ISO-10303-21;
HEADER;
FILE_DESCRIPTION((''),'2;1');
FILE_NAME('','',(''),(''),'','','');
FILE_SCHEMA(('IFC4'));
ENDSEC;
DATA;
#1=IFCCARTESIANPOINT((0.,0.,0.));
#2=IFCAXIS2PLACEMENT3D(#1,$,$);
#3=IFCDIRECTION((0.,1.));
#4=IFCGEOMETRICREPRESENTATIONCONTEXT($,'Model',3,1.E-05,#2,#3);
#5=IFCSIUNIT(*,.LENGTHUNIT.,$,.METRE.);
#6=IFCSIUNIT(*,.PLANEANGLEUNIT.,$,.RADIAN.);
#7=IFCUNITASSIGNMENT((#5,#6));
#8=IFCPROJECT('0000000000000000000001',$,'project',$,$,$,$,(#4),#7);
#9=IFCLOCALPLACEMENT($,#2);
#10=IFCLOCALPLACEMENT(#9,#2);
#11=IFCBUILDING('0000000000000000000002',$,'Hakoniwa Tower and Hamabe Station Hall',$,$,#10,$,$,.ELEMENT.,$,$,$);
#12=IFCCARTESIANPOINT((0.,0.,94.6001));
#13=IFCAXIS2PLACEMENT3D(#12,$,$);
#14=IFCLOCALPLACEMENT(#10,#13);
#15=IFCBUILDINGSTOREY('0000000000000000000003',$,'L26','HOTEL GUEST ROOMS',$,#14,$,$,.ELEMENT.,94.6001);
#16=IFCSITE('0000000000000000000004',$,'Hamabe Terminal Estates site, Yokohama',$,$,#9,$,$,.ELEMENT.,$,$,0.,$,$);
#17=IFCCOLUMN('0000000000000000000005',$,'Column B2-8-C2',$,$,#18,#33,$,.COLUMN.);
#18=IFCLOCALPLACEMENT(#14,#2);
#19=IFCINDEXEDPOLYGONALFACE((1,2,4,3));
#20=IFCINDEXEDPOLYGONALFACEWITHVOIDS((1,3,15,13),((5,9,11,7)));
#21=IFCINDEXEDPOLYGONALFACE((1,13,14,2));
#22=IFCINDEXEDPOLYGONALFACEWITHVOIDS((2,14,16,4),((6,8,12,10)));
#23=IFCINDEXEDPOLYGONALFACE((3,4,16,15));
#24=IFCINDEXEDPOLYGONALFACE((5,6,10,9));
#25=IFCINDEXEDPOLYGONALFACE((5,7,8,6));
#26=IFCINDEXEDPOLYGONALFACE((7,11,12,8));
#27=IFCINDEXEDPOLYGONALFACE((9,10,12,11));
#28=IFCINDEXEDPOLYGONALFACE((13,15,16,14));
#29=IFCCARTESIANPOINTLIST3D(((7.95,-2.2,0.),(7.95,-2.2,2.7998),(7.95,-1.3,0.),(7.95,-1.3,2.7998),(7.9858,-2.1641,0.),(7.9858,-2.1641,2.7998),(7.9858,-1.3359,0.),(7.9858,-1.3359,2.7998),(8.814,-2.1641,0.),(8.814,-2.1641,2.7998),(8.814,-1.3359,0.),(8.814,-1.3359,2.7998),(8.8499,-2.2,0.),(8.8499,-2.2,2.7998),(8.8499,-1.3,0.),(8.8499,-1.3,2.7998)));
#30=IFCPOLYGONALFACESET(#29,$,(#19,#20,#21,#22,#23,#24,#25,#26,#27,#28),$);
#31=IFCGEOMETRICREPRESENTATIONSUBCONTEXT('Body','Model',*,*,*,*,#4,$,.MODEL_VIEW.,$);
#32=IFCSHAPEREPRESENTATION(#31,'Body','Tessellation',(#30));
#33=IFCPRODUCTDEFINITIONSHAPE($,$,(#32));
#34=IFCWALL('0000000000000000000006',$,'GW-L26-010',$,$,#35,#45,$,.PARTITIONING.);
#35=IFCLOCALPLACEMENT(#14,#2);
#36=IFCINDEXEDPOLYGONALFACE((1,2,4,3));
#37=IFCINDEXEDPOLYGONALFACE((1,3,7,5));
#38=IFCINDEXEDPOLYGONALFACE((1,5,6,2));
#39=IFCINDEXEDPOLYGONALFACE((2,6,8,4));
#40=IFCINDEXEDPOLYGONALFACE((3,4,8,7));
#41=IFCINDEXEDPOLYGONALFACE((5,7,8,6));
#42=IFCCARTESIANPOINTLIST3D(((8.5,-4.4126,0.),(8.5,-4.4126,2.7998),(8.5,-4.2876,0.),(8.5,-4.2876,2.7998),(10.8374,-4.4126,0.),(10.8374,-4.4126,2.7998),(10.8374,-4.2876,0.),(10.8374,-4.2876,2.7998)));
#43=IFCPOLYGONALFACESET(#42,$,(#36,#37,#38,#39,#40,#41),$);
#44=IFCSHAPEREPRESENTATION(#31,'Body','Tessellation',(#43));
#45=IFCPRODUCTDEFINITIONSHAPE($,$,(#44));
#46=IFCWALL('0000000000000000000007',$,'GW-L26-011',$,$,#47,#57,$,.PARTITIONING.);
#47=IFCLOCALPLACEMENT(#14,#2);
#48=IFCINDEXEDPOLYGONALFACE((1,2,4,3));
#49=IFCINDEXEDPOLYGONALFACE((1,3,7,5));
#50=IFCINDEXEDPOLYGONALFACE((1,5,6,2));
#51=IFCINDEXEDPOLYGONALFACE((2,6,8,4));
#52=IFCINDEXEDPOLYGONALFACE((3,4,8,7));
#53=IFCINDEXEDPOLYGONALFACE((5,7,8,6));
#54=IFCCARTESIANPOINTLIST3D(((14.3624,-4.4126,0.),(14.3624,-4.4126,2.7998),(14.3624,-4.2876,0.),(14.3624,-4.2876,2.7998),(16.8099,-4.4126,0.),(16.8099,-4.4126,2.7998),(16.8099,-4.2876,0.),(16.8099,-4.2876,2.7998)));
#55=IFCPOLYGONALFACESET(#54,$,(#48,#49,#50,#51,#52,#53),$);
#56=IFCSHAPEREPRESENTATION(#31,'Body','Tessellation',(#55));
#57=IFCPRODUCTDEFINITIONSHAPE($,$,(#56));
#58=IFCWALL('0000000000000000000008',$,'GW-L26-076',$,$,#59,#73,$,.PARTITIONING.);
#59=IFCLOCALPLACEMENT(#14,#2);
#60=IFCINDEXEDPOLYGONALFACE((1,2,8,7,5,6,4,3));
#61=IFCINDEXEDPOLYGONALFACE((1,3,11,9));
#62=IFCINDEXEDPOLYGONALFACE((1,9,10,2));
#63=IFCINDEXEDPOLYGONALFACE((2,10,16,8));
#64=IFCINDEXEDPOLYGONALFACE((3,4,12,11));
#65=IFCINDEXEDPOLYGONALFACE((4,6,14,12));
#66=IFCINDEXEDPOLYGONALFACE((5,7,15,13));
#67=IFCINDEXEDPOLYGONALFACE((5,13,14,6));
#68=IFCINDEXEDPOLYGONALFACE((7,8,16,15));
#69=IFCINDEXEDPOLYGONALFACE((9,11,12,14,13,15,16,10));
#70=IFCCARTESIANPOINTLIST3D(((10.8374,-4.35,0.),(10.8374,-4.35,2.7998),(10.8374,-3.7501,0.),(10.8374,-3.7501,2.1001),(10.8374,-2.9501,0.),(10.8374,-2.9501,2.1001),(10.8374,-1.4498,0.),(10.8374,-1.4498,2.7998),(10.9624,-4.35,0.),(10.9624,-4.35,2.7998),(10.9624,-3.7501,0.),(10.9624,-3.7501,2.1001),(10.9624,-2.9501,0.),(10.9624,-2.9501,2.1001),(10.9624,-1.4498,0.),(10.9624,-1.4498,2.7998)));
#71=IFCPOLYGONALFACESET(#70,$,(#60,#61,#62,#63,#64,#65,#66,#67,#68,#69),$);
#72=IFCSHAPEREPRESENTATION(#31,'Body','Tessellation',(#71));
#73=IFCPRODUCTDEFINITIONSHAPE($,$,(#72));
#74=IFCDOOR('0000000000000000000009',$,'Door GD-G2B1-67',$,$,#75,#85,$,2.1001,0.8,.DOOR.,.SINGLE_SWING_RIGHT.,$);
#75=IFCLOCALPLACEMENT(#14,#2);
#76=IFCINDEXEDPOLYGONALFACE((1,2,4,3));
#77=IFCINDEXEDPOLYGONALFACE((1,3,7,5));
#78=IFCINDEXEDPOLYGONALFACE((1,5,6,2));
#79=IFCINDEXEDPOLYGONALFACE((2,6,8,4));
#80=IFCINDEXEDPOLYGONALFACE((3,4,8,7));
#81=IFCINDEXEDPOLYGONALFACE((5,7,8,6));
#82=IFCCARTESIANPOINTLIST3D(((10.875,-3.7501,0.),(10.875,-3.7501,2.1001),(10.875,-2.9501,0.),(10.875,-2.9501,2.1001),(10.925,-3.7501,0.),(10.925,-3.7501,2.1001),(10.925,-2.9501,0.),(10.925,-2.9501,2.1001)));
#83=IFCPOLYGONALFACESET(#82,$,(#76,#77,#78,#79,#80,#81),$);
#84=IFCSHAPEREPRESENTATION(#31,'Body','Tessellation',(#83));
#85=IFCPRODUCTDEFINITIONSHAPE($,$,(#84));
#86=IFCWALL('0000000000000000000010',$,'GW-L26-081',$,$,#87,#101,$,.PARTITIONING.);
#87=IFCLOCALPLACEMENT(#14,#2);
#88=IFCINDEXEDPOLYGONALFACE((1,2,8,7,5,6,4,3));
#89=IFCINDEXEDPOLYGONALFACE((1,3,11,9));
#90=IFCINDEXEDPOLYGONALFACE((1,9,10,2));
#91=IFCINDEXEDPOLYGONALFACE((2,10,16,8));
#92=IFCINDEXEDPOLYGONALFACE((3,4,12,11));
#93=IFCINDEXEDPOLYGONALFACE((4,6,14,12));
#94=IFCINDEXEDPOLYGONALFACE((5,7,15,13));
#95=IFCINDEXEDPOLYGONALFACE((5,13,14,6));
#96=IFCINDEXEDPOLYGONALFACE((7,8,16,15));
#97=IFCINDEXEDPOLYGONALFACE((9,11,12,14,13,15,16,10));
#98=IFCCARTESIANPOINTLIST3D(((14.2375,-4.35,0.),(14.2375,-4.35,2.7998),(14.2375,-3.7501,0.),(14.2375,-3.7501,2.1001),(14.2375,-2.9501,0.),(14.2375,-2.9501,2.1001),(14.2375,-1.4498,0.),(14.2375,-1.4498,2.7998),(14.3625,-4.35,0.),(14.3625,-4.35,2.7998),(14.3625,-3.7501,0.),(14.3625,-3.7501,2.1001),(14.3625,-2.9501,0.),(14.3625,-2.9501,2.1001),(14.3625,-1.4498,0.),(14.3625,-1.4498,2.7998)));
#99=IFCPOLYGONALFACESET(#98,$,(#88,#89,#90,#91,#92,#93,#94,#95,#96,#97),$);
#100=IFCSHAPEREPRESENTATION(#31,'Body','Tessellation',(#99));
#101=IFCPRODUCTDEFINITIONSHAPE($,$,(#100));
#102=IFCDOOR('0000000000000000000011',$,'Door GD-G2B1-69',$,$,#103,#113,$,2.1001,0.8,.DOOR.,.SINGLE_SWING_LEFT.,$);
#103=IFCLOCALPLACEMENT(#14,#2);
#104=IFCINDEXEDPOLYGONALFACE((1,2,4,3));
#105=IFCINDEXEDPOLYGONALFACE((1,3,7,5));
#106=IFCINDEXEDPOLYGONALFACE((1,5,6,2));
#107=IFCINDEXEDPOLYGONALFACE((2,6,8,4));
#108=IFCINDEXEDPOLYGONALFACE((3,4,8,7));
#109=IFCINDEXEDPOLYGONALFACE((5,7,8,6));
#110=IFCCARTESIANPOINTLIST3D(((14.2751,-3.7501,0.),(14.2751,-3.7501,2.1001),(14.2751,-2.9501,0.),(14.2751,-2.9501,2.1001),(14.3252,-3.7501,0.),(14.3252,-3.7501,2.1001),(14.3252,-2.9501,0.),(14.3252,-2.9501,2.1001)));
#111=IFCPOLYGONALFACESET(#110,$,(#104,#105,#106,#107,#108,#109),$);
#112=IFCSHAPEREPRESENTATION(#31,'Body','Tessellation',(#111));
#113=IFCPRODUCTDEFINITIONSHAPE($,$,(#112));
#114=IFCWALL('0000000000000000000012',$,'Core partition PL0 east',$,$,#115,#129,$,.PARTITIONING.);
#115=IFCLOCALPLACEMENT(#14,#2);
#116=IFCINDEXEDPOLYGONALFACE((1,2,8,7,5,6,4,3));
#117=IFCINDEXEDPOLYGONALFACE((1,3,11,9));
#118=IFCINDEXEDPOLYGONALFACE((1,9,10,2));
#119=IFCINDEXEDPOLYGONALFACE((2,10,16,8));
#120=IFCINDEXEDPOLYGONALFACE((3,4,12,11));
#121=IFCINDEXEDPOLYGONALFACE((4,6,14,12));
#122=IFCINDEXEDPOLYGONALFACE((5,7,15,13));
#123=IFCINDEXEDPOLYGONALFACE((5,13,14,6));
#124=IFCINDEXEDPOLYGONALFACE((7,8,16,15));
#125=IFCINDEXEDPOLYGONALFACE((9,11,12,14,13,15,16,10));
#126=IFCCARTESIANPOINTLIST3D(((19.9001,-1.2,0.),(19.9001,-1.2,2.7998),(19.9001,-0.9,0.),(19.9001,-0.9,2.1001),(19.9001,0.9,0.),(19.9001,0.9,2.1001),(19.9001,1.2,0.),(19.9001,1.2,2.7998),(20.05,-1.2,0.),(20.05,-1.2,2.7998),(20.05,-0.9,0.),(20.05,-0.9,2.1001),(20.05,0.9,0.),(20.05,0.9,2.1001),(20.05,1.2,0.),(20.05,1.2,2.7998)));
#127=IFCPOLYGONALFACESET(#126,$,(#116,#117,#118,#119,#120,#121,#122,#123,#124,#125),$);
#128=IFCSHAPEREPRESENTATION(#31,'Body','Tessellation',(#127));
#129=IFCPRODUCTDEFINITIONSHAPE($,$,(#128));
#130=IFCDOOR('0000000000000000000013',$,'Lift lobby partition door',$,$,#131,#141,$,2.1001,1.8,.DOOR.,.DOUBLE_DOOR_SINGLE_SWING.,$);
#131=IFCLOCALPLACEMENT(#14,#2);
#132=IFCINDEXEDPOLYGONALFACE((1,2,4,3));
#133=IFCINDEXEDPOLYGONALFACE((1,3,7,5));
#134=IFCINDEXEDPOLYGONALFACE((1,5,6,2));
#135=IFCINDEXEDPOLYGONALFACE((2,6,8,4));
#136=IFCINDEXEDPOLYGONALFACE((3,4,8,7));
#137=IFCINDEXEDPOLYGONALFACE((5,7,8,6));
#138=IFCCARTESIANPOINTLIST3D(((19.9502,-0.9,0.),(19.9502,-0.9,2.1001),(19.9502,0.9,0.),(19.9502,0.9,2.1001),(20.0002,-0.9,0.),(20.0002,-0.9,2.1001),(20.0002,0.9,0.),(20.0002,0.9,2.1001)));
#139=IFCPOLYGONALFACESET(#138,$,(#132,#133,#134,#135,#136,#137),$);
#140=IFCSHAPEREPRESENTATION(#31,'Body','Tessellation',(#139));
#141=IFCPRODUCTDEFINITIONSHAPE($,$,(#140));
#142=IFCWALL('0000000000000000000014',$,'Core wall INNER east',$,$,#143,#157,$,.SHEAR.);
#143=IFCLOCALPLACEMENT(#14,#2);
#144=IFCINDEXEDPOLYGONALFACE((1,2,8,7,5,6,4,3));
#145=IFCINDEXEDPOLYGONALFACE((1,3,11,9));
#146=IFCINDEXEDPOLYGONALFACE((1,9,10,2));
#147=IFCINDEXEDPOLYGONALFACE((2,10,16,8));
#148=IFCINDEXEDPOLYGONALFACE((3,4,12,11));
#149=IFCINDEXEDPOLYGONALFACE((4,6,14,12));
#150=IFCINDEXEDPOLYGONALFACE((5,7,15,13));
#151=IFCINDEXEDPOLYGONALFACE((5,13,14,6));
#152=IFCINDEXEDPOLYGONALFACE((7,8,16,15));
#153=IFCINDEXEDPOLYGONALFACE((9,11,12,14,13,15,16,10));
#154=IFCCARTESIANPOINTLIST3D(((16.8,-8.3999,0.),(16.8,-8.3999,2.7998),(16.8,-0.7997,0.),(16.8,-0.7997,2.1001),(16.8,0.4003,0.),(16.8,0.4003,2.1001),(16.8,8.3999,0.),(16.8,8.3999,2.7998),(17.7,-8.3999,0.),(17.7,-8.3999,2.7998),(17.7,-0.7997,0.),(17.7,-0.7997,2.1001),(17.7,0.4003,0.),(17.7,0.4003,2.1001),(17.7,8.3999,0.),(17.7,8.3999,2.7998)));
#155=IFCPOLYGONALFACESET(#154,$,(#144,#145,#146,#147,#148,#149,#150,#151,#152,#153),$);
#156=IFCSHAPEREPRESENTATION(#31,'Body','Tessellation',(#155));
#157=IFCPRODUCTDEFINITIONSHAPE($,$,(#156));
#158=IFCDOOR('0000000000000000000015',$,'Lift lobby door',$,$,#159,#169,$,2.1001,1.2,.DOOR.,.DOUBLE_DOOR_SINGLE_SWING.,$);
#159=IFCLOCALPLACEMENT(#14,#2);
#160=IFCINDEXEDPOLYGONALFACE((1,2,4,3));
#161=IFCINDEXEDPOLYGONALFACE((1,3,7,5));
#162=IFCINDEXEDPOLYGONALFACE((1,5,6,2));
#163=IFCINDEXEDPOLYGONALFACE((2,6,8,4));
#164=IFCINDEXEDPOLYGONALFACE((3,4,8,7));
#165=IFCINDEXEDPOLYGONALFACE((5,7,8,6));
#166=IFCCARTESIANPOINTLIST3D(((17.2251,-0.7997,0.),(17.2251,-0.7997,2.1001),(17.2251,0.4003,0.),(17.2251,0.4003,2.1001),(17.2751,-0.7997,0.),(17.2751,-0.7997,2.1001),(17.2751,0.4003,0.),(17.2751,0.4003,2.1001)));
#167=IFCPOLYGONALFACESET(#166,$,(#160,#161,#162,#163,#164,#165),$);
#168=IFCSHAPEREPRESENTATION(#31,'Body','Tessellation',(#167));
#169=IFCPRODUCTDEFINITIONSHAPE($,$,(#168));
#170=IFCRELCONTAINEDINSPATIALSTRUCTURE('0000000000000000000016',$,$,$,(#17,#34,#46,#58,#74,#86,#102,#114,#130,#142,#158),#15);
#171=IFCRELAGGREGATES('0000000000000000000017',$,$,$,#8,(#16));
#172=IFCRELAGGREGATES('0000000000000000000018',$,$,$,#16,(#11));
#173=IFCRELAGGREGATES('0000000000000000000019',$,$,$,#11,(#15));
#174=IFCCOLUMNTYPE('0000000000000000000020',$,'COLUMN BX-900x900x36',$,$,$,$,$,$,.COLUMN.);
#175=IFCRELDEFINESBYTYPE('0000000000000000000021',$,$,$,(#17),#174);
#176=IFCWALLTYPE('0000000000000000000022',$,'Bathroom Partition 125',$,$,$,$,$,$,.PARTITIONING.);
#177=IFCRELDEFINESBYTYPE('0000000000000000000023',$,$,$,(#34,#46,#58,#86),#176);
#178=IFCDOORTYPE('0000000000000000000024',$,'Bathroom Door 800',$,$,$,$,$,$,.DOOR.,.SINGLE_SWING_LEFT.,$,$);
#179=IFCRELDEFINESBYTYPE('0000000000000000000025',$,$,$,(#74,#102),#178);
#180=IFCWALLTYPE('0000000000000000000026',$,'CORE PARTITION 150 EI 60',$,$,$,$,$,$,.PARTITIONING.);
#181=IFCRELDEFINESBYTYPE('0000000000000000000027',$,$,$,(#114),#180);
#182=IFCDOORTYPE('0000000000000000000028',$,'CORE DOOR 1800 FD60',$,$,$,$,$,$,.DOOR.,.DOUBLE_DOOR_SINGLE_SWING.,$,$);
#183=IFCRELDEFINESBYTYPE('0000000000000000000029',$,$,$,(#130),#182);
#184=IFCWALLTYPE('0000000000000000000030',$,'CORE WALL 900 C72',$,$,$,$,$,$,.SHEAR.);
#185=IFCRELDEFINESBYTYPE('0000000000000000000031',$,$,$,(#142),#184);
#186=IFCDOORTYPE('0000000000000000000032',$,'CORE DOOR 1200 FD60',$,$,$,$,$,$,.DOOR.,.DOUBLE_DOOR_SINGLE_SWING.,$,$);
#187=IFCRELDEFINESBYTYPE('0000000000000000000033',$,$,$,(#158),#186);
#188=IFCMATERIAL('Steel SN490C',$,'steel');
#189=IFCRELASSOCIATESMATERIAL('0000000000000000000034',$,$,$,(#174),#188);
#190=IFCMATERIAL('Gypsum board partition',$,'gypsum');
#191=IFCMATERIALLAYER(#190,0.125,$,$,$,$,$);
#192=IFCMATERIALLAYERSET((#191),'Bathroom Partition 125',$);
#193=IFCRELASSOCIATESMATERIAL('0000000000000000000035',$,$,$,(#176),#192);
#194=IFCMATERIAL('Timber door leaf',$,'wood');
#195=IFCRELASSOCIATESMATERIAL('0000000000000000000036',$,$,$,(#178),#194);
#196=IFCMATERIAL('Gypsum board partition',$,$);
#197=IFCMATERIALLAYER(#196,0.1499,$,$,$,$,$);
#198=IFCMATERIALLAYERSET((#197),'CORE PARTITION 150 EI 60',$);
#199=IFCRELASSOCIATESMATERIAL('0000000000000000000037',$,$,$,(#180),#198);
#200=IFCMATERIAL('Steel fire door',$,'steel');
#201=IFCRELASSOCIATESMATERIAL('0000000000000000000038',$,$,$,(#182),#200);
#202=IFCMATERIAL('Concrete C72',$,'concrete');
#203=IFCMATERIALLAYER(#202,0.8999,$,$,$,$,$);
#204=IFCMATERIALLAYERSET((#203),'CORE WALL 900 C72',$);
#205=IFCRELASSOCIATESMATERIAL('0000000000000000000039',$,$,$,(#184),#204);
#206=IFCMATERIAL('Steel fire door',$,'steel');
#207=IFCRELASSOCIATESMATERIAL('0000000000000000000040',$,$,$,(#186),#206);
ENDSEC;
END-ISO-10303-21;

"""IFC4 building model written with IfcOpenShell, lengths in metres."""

from ifc_helpers import new_model, si_unit, direction, frame, frame_2d, origin, origin_2d, place, context, subcontext, project, spatial, rectangle, hollow_rectangle, extrude, material, layer, layer_set, material_profile, profile_set, type_object, element, fill, save


model = new_model("IFC4")

# Units and contexts
model_context = context("Model", 3, precision=1e-05, world=origin(), true_north=direction((0.0, 1.0)))
body_context = subcontext(model_context, "Body", "Model", "MODEL_VIEW")
ifc_project = project(units=[si_unit("LENGTHUNIT", "METRE"), si_unit("PLANEANGLEUNIT", "RADIAN")], contexts=[model_context])

# Site, building, storey
site_placement = place(None, origin())
site = spatial("IfcSite", under=ifc_project, at=site_placement, Name="Hamabe Terminal Estates site, Yokohama", CompositionType="ELEMENT", RefElevation=0.0)
building_placement = place(site_placement, origin())
building = spatial("IfcBuilding", under=site, at=building_placement, Name="Hakoniwa Tower and Hamabe Station Hall", CompositionType="ELEMENT")
storey_placement = place(building_placement, frame((0.0, 0.0, 94.6001)))
storey = spatial("IfcBuildingStorey", under=building, at=storey_placement, Name="L26", Description="HOTEL GUEST ROOMS", CompositionType="ELEMENT", Elevation=94.6001)

# Column
ifc_material_1 = material(Name="Steel SN490C", Category="steel")
ifc_material_profile = material_profile(ifc_material_1, hollow_rectangle(XDim=0.8999, YDim=0.8999, WallThickness=0.0359, at=origin_2d()), Name="BX-900x900x36")
ifc_profile_set = profile_set([ifc_material_profile], Name="Steel SN490C")
column_type = type_object("IfcColumnType", Name="COLUMN BX-900x900x36", PredefinedType="COLUMN", material=ifc_profile_set)
column_placement = place(storey_placement, frame((8.3999, -1.75, 0.0), z_axis=(0.0, 0.0, 1.0), x_axis=(1.0, 0.0, 0.0)))
element("IfcColumn", 1, at=column_placement, inside=storey, type_object=column_type, Name="Column B2-8-C2", PredefinedType="COLUMN", context=body_context, shape_type="SweptSolid", body=[
    extrude(hollow_rectangle(XDim=0.8999, YDim=0.8999, WallThickness=0.0359, at=origin_2d()), origin(), (0.0, 0.0, 1.0), 2.7998),
])

# Walls
ifc_material_2 = material(Name="Gypsum board partition", Category="gypsum")
ifc_layer_1 = layer(ifc_material_2, 0.125)
ifc_layer_set_1 = layer_set([ifc_layer_1], Name="Bathroom Partition 125")
wall_type_1 = type_object("IfcWallType", Name="Bathroom Partition 125", PredefinedType="PARTITIONING", material=ifc_layer_set_1)
wall_1_placement = place(storey_placement, frame((8.5, -4.3501, 0.0), z_axis=(0.0, 0.0, 1.0), x_axis=(1.0, 0.0, 0.0)))
element("IfcWall", 2, at=wall_1_placement, inside=storey, type_object=wall_type_1, Name="GW-L26-010", PredefinedType="PARTITIONING", context=body_context, shape_type="SweptSolid", body=[
    extrude(rectangle(XDim=2.3374, YDim=0.125, at=frame_2d((1.1687, 0.0))), origin(), (0.0, 0.0, 1.0), 2.7998),
])
wall_2_placement = place(storey_placement, frame((14.3625, -4.3501, 0.0), z_axis=(0.0, 0.0, 1.0), x_axis=(1.0, 0.0, 0.0)))
element("IfcWall", 3, at=wall_2_placement, inside=storey, type_object=wall_type_1, Name="GW-L26-011", PredefinedType="PARTITIONING", context=body_context, shape_type="SweptSolid", body=[
    extrude(rectangle(XDim=2.4475, YDim=0.125, at=frame_2d((1.2236, 0.0))), origin(), (0.0, 0.0, 1.0), 2.7998),
])

# Walls, openings, doors
wall_3_placement = place(storey_placement, frame((10.8999, -4.3501, 0.0), z_axis=(0.0, 0.0, 1.0), x_axis=(0.0, 1.0, 0.0)))
wall_3 = element("IfcWall", 4, at=wall_3_placement, inside=storey, type_object=wall_type_1, Name="GW-L26-076", PredefinedType="PARTITIONING", context=body_context, shape_type="SweptSolid", body=[
    extrude(rectangle(XDim=2.9001, YDim=0.125, at=frame_2d((1.4502, 0.0))), origin(), (0.0, 0.0, 1.0), 2.7998),
])
opening_1_placement = place(wall_3_placement, frame((0.6001, 0.0, 0.0)))
opening_1 = element("IfcOpeningElement", 5, at=opening_1_placement, cuts=wall_3, PredefinedType="OPENING", context=body_context, shape_type="SweptSolid", body=[
    extrude(rectangle(XDim=0.8, YDim=2.1001, at=frame_2d((0.3999, 1.05))), frame((0.0, 0.0725, 0.0), z_axis=(0.0, -1.0, 0.0), x_axis=(1.0, 0.0, 0.0)), (0.0, 0.0, 1.0), 0.145),
])
ifc_material_3 = material(Name="Timber door leaf", Category="wood")
door_type_1 = type_object("IfcDoorType", Name="Bathroom Door 800", OperationType="SINGLE_SWING_LEFT", PredefinedType="DOOR", material=ifc_material_3)
door_1_placement = place(opening_1_placement, origin())
door_1 = element("IfcDoor", 6, at=door_1_placement, inside=storey, type_object=door_type_1, Name="Door GD-G2B1-67", OperationType="SINGLE_SWING_RIGHT", OverallHeight=2.1001, OverallWidth=0.8, PredefinedType="DOOR", context=body_context, shape_type="SweptSolid", body=[
    extrude(rectangle(XDim=0.8, YDim=2.1001, at=frame_2d((0.3999, 1.05))), frame((0.0, 0.0249, 0.0), z_axis=(0.0, -1.0, 0.0), x_axis=(1.0, 0.0, 0.0)), (0.0, 0.0, 1.0), 0.05),
])
fill(opening_1, door_1)
wall_4_placement = place(storey_placement, frame((14.3, -4.3501, 0.0), z_axis=(0.0, 0.0, 1.0), x_axis=(0.0, 1.0, 0.0)))
wall_4 = element("IfcWall", 7, at=wall_4_placement, inside=storey, type_object=wall_type_1, Name="GW-L26-081", PredefinedType="PARTITIONING", context=body_context, shape_type="SweptSolid", body=[
    extrude(rectangle(XDim=2.9001, YDim=0.125, at=frame_2d((1.4502, 0.0))), origin(), (0.0, 0.0, 1.0), 2.7998),
])
opening_2_placement = place(wall_4_placement, frame((0.6001, 0.0, 0.0)))
opening_2 = element("IfcOpeningElement", 8, at=opening_2_placement, cuts=wall_4, PredefinedType="OPENING", context=body_context, shape_type="SweptSolid", body=[
    extrude(rectangle(XDim=0.8, YDim=2.1001, at=frame_2d((0.3999, 1.05))), frame((0.0, 0.0725, 0.0), z_axis=(0.0, -1.0, 0.0), x_axis=(1.0, 0.0, 0.0)), (0.0, 0.0, 1.0), 0.145),
])
door_2_placement = place(opening_2_placement, origin())
door_2 = element("IfcDoor", 9, at=door_2_placement, inside=storey, type_object=door_type_1, Name="Door GD-G2B1-69", OperationType="SINGLE_SWING_LEFT", OverallHeight=2.1001, OverallWidth=0.8, PredefinedType="DOOR", context=body_context, shape_type="SweptSolid", body=[
    extrude(rectangle(XDim=0.8, YDim=2.1001, at=frame_2d((0.3999, 1.05))), frame((0.0, 0.0249, 0.0), z_axis=(0.0, -1.0, 0.0), x_axis=(1.0, 0.0, 0.0)), (0.0, 0.0, 1.0), 0.05),
])
fill(opening_2, door_2)
ifc_material_4 = material(Name="Gypsum board partition")
ifc_layer_2 = layer(ifc_material_4, 0.1499)
ifc_layer_set_2 = layer_set([ifc_layer_2], Name="CORE PARTITION 150 EI 60")
wall_type_2 = type_object("IfcWallType", Name="CORE PARTITION 150 EI 60", PredefinedType="PARTITIONING", material=ifc_layer_set_2)
wall_5_placement = place(storey_placement, frame((19.9751, -1.2, 0.0), z_axis=(0.0, 0.0, 1.0), x_axis=(0.0, 1.0, 0.0)))
wall_5 = element("IfcWall", 10, at=wall_5_placement, inside=storey, type_object=wall_type_2, Name="Core partition PL0 east", PredefinedType="PARTITIONING", context=body_context, shape_type="SweptSolid", body=[
    extrude(rectangle(XDim=2.3999, YDim=0.1499, at=frame_2d((1.2, 0.0))), origin(), (0.0, 0.0, 1.0), 2.7998),
])
opening_3_placement = place(wall_5_placement, frame((0.3, 0.0, 0.0)))
opening_3 = element("IfcOpeningElement", 11, at=opening_3_placement, cuts=wall_5, PredefinedType="OPENING", context=body_context, shape_type="SweptSolid", body=[
    extrude(rectangle(XDim=1.8, YDim=2.1001, at=frame_2d((0.8999, 1.05))), frame((0.0, 0.085, 0.0), z_axis=(0.0, -1.0, 0.0), x_axis=(1.0, 0.0, 0.0)), (0.0, 0.0, 1.0), 0.1699),
])
ifc_material_5 = material(Name="Steel fire door", Category="steel")
door_type_2 = type_object("IfcDoorType", Name="CORE DOOR 1800 FD60", OperationType="DOUBLE_DOOR_SINGLE_SWING", PredefinedType="DOOR", material=ifc_material_5)
door_3_placement = place(opening_3_placement, origin())
door_3 = element("IfcDoor", 12, at=door_3_placement, inside=storey, type_object=door_type_2, Name="Lift lobby partition door", OperationType="DOUBLE_DOOR_SINGLE_SWING", OverallHeight=2.1001, OverallWidth=1.8, PredefinedType="DOOR", context=body_context, shape_type="SweptSolid", body=[
    extrude(rectangle(XDim=1.8, YDim=2.1001, at=frame_2d((0.8999, 1.05))), frame((0.0, 0.0249, 0.0), z_axis=(0.0, -1.0, 0.0), x_axis=(1.0, 0.0, 0.0)), (0.0, 0.0, 1.0), 0.05),
])
fill(opening_3, door_3)
ifc_material_6 = material(Name="Concrete C72", Category="concrete")
ifc_layer_3 = layer(ifc_material_6, 0.8999)
ifc_layer_set_3 = layer_set([ifc_layer_3], Name="CORE WALL 900 C72")
wall_type_3 = type_object("IfcWallType", Name="CORE WALL 900 C72", PredefinedType="SHEAR", material=ifc_layer_set_3)
wall_6_placement = place(storey_placement, frame((17.25, -8.3999, 0.0), z_axis=(0.0, 0.0, 1.0), x_axis=(0.0, 1.0, 0.0)))
wall_6 = element("IfcWall", 13, at=wall_6_placement, inside=storey, type_object=wall_type_3, Name="Core wall INNER east", PredefinedType="SHEAR", context=body_context, shape_type="SweptSolid", body=[
    extrude(rectangle(XDim=16.7998, YDim=0.8999, at=frame_2d((8.3999, 0.0))), origin(), (0.0, 0.0, 1.0), 2.7998),
])
opening_4_placement = place(wall_6_placement, frame((7.6001, 0.0, 0.0)))
opening_4 = element("IfcOpeningElement", 14, at=opening_4_placement, cuts=wall_6, PredefinedType="OPENING", context=body_context, shape_type="SweptSolid", body=[
    extrude(rectangle(XDim=1.2, YDim=2.1001, at=frame_2d((0.6001, 1.05))), frame((0.0, 0.46, 0.0), z_axis=(0.0, -1.0, 0.0), x_axis=(1.0, 0.0, 0.0)), (0.0, 0.0, 1.0), 0.9199),
])
ifc_material_7 = material(Name="Steel fire door", Category="steel")
door_type_3 = type_object("IfcDoorType", Name="CORE DOOR 1200 FD60", OperationType="DOUBLE_DOOR_SINGLE_SWING", PredefinedType="DOOR", material=ifc_material_7)
door_4_placement = place(opening_4_placement, origin())
door_4 = element("IfcDoor", 15, at=door_4_placement, inside=storey, type_object=door_type_3, Name="Lift lobby door", OperationType="DOUBLE_DOOR_SINGLE_SWING", OverallHeight=2.1001, OverallWidth=1.2, PredefinedType="DOOR", context=body_context, shape_type="SweptSolid", body=[
    extrude(rectangle(XDim=1.2, YDim=2.1001, at=frame_2d((0.6001, 1.05))), frame((0.0, 0.0249, 0.0), z_axis=(0.0, -1.0, 0.0), x_axis=(1.0, 0.0, 0.0)), (0.0, 0.0, 1.0), 0.05),
])
fill(opening_4, door_4)

save(model, "model.ifc")
